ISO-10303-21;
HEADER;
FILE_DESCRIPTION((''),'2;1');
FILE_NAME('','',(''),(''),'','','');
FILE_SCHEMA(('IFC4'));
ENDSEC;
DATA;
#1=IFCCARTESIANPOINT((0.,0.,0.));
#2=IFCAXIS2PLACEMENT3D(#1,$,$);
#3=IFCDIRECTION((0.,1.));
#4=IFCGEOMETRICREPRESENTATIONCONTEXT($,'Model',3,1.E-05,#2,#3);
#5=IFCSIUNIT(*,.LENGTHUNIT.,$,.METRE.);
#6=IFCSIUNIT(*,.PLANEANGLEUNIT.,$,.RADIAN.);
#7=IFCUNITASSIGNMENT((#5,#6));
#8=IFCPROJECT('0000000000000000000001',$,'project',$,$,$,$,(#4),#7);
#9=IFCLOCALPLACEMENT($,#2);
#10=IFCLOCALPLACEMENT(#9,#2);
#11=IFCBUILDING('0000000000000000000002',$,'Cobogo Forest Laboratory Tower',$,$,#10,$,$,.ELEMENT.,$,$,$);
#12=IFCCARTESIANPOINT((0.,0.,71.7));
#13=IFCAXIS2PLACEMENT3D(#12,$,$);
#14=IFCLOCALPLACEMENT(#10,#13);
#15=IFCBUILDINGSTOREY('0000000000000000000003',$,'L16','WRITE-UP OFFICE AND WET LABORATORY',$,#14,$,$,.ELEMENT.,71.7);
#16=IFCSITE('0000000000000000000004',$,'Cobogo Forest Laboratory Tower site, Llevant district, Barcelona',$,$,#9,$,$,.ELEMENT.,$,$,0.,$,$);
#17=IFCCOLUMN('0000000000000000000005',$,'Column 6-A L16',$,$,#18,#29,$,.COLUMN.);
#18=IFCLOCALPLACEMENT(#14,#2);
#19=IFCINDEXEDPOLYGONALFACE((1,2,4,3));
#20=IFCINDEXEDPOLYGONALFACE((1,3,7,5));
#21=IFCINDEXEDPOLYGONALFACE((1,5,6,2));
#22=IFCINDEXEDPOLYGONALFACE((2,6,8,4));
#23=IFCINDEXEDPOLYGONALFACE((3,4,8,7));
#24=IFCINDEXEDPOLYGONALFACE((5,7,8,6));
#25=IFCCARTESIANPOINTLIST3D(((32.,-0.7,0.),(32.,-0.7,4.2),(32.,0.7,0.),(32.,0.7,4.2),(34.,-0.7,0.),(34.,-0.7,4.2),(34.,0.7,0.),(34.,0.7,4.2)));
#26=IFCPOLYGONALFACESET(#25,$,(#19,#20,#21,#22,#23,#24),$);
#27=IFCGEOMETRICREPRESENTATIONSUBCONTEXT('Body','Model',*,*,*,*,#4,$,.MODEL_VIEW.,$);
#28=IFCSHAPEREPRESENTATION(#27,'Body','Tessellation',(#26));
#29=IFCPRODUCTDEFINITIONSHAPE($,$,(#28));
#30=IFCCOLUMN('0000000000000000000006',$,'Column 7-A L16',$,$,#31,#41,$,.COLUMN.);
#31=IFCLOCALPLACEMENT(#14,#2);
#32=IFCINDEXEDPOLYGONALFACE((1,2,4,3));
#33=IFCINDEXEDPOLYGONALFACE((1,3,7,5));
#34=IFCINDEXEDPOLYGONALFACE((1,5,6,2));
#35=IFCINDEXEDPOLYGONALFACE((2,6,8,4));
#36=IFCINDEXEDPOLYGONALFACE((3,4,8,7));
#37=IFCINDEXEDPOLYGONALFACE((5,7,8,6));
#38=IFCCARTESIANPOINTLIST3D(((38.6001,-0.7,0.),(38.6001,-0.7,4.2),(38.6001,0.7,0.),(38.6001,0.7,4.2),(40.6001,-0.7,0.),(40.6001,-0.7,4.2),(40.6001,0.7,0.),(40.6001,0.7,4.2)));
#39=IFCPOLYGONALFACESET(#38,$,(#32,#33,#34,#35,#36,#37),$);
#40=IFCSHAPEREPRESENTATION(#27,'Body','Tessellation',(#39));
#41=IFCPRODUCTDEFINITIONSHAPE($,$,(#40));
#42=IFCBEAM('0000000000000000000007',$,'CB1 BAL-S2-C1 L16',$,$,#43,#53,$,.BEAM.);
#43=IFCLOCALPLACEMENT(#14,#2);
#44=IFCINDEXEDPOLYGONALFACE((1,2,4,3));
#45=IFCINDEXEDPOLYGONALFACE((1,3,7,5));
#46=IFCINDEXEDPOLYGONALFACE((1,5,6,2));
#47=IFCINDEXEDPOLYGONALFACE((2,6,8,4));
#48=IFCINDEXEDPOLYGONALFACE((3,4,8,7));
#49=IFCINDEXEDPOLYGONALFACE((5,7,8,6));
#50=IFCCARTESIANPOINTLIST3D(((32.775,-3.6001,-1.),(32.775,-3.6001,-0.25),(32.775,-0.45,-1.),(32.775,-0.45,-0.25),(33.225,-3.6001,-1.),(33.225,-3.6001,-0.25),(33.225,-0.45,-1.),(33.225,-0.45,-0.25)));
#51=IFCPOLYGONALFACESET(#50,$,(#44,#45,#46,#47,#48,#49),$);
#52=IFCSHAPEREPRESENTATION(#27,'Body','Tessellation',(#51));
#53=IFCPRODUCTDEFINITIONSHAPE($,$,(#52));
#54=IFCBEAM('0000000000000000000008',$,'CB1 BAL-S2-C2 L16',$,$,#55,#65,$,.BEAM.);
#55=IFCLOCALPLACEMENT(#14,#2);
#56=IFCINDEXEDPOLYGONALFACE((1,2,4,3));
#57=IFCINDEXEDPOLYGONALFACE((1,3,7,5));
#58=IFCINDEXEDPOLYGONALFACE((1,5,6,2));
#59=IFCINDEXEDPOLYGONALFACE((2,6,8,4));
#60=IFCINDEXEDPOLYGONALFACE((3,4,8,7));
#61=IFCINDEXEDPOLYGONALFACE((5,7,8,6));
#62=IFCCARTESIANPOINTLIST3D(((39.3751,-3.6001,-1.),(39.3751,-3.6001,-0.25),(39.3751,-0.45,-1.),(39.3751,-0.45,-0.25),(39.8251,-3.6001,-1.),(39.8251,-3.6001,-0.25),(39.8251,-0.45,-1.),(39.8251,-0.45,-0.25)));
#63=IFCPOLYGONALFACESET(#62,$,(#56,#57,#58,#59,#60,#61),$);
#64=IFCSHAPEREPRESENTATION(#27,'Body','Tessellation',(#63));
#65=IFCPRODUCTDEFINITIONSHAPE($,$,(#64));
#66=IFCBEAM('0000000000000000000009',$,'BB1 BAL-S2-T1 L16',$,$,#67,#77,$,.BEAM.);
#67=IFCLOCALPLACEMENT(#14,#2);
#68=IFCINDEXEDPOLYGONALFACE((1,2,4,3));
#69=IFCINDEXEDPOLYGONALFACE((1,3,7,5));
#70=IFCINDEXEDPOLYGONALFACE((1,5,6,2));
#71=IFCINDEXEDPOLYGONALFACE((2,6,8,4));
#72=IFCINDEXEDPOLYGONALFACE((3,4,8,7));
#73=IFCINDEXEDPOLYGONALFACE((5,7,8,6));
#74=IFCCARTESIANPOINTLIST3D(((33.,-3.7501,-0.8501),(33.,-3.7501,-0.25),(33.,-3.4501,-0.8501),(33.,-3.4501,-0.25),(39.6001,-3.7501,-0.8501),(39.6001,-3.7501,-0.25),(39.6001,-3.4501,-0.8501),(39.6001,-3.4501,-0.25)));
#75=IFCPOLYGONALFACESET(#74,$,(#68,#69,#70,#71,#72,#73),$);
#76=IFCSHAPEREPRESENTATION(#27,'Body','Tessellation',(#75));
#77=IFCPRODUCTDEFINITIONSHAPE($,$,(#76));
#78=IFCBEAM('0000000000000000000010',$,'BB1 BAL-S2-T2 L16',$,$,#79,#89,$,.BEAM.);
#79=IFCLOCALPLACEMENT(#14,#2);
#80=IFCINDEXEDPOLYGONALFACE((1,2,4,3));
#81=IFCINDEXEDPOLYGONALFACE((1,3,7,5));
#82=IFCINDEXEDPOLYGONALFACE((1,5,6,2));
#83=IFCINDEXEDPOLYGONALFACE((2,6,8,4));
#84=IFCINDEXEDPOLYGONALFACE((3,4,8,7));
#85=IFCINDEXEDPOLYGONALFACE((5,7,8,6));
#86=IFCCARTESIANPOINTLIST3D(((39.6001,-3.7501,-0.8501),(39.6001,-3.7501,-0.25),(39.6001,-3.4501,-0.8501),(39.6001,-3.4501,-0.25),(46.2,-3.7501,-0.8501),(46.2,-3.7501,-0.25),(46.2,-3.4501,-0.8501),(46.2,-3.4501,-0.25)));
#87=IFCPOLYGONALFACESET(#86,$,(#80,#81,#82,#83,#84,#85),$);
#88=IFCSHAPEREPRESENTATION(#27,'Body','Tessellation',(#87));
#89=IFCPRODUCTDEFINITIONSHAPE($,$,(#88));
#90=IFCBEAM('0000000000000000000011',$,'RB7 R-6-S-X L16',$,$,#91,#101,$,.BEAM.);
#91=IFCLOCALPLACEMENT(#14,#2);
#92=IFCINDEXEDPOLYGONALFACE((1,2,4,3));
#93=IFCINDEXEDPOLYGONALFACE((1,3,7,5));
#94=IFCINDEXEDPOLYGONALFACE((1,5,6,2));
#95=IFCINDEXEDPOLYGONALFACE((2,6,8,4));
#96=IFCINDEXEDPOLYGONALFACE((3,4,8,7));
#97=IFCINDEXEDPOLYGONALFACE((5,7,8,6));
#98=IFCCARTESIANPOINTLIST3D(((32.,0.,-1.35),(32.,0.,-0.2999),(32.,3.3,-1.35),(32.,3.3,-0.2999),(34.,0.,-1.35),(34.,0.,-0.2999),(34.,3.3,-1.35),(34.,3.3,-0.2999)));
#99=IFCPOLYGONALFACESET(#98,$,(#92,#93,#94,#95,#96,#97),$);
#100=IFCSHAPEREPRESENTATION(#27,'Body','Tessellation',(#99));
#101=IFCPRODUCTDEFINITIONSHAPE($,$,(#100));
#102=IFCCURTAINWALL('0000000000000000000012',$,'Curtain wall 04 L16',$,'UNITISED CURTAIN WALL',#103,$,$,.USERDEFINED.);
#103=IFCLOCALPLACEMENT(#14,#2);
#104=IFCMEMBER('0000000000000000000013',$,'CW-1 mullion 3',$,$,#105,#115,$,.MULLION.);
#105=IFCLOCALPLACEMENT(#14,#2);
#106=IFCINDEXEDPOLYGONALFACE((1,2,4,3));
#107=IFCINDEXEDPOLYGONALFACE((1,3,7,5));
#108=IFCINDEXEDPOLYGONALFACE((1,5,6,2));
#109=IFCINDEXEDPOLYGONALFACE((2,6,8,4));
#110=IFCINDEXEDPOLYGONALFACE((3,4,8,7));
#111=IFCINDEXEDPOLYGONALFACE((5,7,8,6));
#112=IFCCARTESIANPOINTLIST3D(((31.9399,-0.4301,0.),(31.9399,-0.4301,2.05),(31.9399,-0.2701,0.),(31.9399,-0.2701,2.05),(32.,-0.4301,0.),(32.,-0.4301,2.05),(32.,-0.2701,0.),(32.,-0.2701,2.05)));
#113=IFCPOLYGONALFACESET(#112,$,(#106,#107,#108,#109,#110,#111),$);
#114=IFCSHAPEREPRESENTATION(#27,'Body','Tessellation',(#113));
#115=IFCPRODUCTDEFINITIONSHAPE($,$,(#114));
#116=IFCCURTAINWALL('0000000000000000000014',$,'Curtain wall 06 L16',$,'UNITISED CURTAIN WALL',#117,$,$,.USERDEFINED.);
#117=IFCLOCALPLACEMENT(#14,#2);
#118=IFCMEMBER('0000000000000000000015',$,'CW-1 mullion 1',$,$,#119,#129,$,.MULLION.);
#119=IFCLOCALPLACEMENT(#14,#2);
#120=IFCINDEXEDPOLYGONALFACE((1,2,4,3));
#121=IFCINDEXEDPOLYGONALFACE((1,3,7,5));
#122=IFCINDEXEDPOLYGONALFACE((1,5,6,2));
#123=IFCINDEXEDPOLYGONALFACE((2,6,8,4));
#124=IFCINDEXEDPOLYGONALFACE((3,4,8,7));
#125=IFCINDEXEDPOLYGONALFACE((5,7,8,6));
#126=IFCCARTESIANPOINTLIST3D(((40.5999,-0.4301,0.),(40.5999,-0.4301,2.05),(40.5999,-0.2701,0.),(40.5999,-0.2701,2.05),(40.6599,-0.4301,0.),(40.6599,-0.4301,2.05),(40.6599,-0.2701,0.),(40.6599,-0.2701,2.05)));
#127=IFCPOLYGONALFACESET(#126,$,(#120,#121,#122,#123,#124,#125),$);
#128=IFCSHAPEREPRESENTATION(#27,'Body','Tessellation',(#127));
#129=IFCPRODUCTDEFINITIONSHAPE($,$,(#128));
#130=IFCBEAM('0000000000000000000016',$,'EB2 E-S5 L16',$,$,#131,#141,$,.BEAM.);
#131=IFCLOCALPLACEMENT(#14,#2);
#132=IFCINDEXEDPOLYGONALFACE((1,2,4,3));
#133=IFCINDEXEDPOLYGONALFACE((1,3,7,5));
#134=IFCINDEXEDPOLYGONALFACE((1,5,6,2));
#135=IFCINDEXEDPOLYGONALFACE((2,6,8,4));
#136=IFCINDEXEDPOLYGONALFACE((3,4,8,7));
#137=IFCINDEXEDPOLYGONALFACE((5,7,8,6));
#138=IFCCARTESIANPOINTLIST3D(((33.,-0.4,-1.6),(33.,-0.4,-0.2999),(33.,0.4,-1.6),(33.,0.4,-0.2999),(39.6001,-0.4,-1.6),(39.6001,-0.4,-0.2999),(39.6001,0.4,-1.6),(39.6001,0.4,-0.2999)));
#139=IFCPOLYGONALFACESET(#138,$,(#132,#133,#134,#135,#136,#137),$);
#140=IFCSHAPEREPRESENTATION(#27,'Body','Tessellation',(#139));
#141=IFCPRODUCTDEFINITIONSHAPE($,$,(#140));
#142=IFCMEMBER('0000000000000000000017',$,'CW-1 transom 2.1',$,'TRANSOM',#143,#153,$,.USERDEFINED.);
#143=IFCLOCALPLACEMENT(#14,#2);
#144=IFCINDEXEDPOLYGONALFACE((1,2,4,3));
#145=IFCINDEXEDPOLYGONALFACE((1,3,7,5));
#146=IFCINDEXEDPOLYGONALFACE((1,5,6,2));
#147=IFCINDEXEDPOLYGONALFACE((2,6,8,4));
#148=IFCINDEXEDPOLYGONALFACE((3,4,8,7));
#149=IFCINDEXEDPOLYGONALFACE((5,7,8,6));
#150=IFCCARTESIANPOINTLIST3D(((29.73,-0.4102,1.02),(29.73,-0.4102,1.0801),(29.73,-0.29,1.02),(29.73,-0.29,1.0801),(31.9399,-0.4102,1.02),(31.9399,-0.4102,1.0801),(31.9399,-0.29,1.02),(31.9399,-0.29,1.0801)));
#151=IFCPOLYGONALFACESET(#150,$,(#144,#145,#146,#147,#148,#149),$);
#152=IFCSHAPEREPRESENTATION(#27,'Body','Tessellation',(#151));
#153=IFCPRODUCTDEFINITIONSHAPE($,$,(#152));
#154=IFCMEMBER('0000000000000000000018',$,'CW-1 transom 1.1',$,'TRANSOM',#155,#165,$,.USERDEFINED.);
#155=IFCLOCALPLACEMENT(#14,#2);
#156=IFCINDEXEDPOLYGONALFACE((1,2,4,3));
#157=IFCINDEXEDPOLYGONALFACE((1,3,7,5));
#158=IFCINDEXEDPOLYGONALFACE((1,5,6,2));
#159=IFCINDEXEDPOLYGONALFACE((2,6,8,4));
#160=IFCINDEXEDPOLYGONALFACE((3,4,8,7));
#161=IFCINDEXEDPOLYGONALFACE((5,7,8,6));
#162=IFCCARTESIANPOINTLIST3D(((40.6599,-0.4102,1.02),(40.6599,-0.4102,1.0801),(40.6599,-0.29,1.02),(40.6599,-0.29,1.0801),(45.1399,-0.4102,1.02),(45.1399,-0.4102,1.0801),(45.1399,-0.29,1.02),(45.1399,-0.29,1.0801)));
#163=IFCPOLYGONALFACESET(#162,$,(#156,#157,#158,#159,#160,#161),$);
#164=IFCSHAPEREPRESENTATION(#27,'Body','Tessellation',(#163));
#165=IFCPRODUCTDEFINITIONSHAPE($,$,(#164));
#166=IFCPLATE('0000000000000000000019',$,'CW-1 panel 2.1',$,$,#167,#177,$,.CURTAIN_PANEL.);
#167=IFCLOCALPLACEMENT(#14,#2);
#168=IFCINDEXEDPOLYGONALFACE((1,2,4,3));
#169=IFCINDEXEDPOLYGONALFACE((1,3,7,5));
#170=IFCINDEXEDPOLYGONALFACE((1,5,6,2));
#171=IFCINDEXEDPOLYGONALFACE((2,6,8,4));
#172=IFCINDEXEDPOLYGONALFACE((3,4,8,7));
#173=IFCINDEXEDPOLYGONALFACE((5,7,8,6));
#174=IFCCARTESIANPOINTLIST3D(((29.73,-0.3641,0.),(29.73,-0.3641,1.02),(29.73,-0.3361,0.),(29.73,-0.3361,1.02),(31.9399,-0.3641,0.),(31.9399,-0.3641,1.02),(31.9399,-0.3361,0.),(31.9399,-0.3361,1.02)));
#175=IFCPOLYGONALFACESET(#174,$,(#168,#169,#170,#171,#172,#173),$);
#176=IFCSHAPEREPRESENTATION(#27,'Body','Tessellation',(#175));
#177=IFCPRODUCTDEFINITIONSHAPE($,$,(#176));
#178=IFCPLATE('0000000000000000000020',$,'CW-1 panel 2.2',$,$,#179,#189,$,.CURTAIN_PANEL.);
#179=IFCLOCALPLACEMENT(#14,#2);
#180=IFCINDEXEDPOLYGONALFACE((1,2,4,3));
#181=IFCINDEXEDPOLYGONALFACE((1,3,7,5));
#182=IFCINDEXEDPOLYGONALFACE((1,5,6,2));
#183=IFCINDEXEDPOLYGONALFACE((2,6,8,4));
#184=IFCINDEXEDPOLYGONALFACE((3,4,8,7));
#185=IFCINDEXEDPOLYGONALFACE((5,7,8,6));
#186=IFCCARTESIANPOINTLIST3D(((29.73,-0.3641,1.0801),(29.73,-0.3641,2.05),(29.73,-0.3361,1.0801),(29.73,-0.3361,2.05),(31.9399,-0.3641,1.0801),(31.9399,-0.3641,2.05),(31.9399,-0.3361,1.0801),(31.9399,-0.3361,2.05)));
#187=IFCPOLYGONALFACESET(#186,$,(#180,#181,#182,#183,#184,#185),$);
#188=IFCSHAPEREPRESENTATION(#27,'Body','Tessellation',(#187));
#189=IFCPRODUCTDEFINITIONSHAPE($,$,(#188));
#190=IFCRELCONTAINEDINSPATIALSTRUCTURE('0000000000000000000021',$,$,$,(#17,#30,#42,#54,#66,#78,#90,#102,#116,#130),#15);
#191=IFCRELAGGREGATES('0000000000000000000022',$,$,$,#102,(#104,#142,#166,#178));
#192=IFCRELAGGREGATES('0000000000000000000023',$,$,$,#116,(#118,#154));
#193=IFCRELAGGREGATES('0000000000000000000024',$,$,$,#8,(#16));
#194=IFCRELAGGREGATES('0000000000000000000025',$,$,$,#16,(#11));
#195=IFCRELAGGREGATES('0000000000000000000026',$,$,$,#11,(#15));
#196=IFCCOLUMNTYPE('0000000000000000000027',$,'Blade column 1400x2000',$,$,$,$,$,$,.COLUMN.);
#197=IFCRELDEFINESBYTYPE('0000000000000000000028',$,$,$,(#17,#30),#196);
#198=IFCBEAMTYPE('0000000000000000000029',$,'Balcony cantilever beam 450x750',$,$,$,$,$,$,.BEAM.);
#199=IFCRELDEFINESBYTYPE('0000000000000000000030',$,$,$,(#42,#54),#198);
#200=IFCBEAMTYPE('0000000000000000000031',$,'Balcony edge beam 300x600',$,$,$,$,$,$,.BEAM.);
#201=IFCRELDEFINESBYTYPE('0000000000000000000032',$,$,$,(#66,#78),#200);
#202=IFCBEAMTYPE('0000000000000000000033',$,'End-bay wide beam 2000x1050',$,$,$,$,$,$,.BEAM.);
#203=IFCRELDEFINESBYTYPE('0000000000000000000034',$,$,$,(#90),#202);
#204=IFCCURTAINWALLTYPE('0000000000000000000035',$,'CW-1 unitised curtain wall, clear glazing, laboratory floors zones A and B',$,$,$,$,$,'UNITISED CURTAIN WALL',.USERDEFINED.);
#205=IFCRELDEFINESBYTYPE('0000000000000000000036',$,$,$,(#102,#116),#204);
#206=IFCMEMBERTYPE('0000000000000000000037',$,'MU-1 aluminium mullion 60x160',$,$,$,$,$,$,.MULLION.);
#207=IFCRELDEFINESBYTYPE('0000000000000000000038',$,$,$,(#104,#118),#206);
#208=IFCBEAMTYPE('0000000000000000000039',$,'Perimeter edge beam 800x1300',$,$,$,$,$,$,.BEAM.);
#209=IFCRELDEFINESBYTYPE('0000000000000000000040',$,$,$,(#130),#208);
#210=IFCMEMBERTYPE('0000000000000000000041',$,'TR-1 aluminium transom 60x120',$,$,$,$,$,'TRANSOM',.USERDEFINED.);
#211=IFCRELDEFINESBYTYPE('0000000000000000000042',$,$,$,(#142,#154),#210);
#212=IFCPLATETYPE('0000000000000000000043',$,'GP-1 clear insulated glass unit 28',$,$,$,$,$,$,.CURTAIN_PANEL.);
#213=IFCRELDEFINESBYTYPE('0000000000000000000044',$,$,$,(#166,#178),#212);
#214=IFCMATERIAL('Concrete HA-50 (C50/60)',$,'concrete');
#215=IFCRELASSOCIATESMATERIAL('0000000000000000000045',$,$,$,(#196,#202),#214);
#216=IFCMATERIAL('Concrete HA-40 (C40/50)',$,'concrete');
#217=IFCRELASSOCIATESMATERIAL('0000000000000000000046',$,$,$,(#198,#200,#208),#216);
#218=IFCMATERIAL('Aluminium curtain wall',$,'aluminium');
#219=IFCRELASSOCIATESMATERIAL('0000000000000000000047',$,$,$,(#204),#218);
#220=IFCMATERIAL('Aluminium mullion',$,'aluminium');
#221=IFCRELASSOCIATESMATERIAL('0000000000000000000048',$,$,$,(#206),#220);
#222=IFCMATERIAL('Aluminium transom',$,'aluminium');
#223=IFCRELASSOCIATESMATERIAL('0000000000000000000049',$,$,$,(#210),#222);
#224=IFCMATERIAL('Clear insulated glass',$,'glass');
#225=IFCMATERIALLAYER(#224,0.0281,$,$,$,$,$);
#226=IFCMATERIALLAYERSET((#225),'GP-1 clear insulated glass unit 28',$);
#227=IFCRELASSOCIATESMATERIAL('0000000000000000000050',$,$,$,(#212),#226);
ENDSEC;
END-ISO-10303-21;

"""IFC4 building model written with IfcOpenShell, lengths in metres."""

from ifc_helpers import new_model, si_unit, direction, frame, origin, origin_2d, place, context, subcontext, project, spatial, rectangle, extrude, material, layer, layer_set, material_profile, profile_set, type_object, element, aggregate, save


model = new_model("IFC4")

# Units and contexts
model_context = context("Model", 3, precision=1e-05, world=origin(), true_north=direction((0.0, 1.0)))
body_context = subcontext(model_context, "Body", "Model", "MODEL_VIEW")
ifc_project = project(units=[si_unit("LENGTHUNIT", "METRE"), si_unit("PLANEANGLEUNIT", "RADIAN")], contexts=[model_context])

# Site, building, storey
site_placement = place(None, origin())
site = spatial("IfcSite", under=ifc_project, at=site_placement, Name="Cobogo Forest Laboratory Tower site, Llevant district, Barcelona", CompositionType="ELEMENT", RefElevation=0.0)
building_placement = place(site_placement, origin())
building = spatial("IfcBuilding", under=site, at=building_placement, Name="Cobogo Forest Laboratory Tower", CompositionType="ELEMENT")
storey_placement = place(building_placement, frame((0.0, 0.0, 71.7)))
storey = spatial("IfcBuildingStorey", under=building, at=storey_placement, Name="L16", Description="WRITE-UP OFFICE AND WET LABORATORY", CompositionType="ELEMENT", Elevation=71.7)

# Columns
ifc_material_1 = material(Name="Concrete HA-50 (C50/60)", Category="concrete")
ifc_material_profile_1 = material_profile(ifc_material_1, rectangle(XDim=2.0, YDim=1.3999, at=origin_2d()), Name="RC 1400x2000")
ifc_profile_set_1 = profile_set([ifc_material_profile_1], Name="Concrete HA-50 (C50/60)")
column_type = type_object("IfcColumnType", Name="Blade column 1400x2000", PredefinedType="COLUMN", material=ifc_profile_set_1)
for number, where, z_axis, x_axis, name in (
    (1, (33.0, 0.0, 0.0), (0.0, 0.0, 1.0), (1.0, 0.0, 0.0), "Column 6-A L16"),
    (2, (39.6001, 0.0, 0.0), (0.0, 0.0, 1.0), (1.0, 0.0, 0.0), "Column 7-A L16"),
):
    element("IfcColumn", number, at=place(storey_placement, frame(where, z_axis=z_axis, x_axis=x_axis)), inside=storey, type_object=column_type, Name=name, PredefinedType="COLUMN", context=body_context, shape_type="SweptSolid", body=[
        extrude(rectangle(XDim=2.0, YDim=1.3999, at=origin_2d()), origin(), (0.0, 0.0, 1.0), 4.2),
    ])

# Beams
ifc_material_2 = material(Name="Concrete HA-40 (C40/50)", Category="concrete")
ifc_material_profile_2 = material_profile(ifc_material_2, rectangle(XDim=0.45, YDim=0.75, at=origin_2d()), Name="RC 450x750")
ifc_profile_set_2 = profile_set([ifc_material_profile_2], Name="Concrete HA-40 (C40/50)")
beam_type_1 = type_object("IfcBeamType", Name="Balcony cantilever beam 450x750", PredefinedType="BEAM", material=ifc_profile_set_2)
for number, where, z_axis, x_axis, name in (
    (3, (33.0, -0.45, -0.625), (0.0, -1.0, 0.0), (1.0, 0.0, 0.0), "CB1 BAL-S2-C1 L16"),
    (4, (39.6001, -0.45, -0.625), (0.0, -1.0, 0.0), (1.0, 0.0, 0.0), "CB1 BAL-S2-C2 L16"),
):
    element("IfcBeam", number, at=place(storey_placement, frame(where, z_axis=z_axis, x_axis=x_axis)), inside=storey, type_object=beam_type_1, Name=name, PredefinedType="BEAM", context=body_context, shape_type="SweptSolid", body=[
        extrude(rectangle(XDim=0.45, YDim=0.75, at=origin_2d()), origin(), (0.0, 0.0, 1.0), 3.1501),
    ])
ifc_material_profile_3 = material_profile(ifc_material_2, rectangle(XDim=0.3, YDim=0.6001, at=origin_2d()), Name="RC 300x600")
ifc_profile_set_3 = profile_set([ifc_material_profile_3], Name="Concrete HA-40 (C40/50)")
beam_type_2 = type_object("IfcBeamType", Name="Balcony edge beam 300x600", PredefinedType="BEAM", material=ifc_profile_set_3)
beam_1_placement = place(storey_placement, frame((33.0, -3.6001, -0.55), z_axis=(1.0, 0.0, 0.0), x_axis=(0.0, 1.0, 0.0)))
element("IfcBeam", 5, at=beam_1_placement, inside=storey, type_object=beam_type_2, Name="BB1 BAL-S2-T1 L16", PredefinedType="BEAM", context=body_context, shape_type="SweptSolid", body=[
    extrude(rectangle(XDim=0.3, YDim=0.6001, at=origin_2d()), origin(), (0.0, 0.0, 1.0), 6.6001),
])
beam_2_placement = place(storey_placement, frame((39.6001, -3.6001, -0.55), z_axis=(1.0, 0.0, 0.0), x_axis=(0.0, 1.0, 0.0)))
element("IfcBeam", 6, at=beam_2_placement, inside=storey, type_object=beam_type_2, Name="BB1 BAL-S2-T2 L16", PredefinedType="BEAM", context=body_context, shape_type="SweptSolid", body=[
    extrude(rectangle(XDim=0.3, YDim=0.6001, at=origin_2d()), origin(), (0.0, 0.0, 1.0), 6.5999),
])
ifc_material_profile_4 = material_profile(ifc_material_1, rectangle(XDim=2.0, YDim=1.05, at=origin_2d()), Name="RC 2000x1050")
ifc_profile_set_4 = profile_set([ifc_material_profile_4], Name="Concrete HA-50 (C50/60)")
beam_type_3 = type_object("IfcBeamType", Name="End-bay wide beam 2000x1050", PredefinedType="BEAM", material=ifc_profile_set_4)
beam_3_placement = place(storey_placement, frame((33.0, 0.0, -0.825), z_axis=(0.0, 1.0, 0.0), x_axis=(-1.0, 0.0, 0.0)))
element("IfcBeam", 7, at=beam_3_placement, inside=storey, type_object=beam_type_3, Name="RB7 R-6-S-X L16", PredefinedType="BEAM", context=body_context, shape_type="SweptSolid", body=[
    extrude(rectangle(XDim=2.0, YDim=1.05, at=origin_2d()), origin(), (0.0, 0.0, 1.0), 3.3),
])

# Curtain walls, members
ifc_material_3 = material(Name="Aluminium curtain wall", Category="aluminium")
curtain_wall_type = type_object("IfcCurtainWallType", Name="CW-1 unitised curtain wall, clear glazing, laboratory floors zones A and B", ElementType="UNITISED CURTAIN WALL", PredefinedType="USERDEFINED", material=ifc_material_3)
curtain_wall_1_placement = place(storey_placement, origin())
curtain_wall_1 = element("IfcCurtainWall", 8, at=curtain_wall_1_placement, inside=storey, type_object=curtain_wall_type, Name="Curtain wall 04 L16", ObjectType="UNITISED CURTAIN WALL", PredefinedType="USERDEFINED")
ifc_material_4 = material(Name="Aluminium mullion", Category="aluminium")
ifc_material_profile_5 = material_profile(ifc_material_4, rectangle(XDim=0.0601, YDim=0.1599, at=origin_2d()), Name="AL 60x160")
ifc_profile_set_5 = profile_set([ifc_material_profile_5], Name="Aluminium mullion")
member_type_1 = type_object("IfcMemberType", Name="MU-1 aluminium mullion 60x160", PredefinedType="MULLION", material=ifc_profile_set_5)
member_1_placement = place(storey_placement, frame((31.97, -0.3501, 0.0), z_axis=(0.0, 0.0, 1.0), x_axis=(1.0, 0.0, 0.0)))
member_1 = element("IfcMember", 9, at=member_1_placement, type_object=member_type_1, Name="CW-1 mullion 3", PredefinedType="MULLION", context=body_context, shape_type="SweptSolid", body=[
    extrude(rectangle(XDim=0.0601, YDim=0.1599, at=origin_2d()), origin(), (0.0, 0.0, 1.0), 2.05),
])
curtain_wall_2_placement = place(storey_placement, origin())
curtain_wall_2 = element("IfcCurtainWall", 10, at=curtain_wall_2_placement, inside=storey, type_object=curtain_wall_type, Name="Curtain wall 06 L16", ObjectType="UNITISED CURTAIN WALL", PredefinedType="USERDEFINED")
member_2_placement = place(storey_placement, frame((40.6299, -0.3501, 0.0), z_axis=(0.0, 0.0, 1.0), x_axis=(1.0, 0.0, 0.0)))
member_2 = element("IfcMember", 11, at=member_2_placement, type_object=member_type_1, Name="CW-1 mullion 1", PredefinedType="MULLION", context=body_context, shape_type="SweptSolid", body=[
    extrude(rectangle(XDim=0.0601, YDim=0.1599, at=origin_2d()), origin(), (0.0, 0.0, 1.0), 2.05),
])

# Beam
ifc_material_profile_6 = material_profile(ifc_material_2, rectangle(XDim=0.8, YDim=1.3, at=origin_2d()), Name="RC 800x1300")
ifc_profile_set_6 = profile_set([ifc_material_profile_6], Name="Concrete HA-40 (C40/50)")
beam_type_4 = type_object("IfcBeamType", Name="Perimeter edge beam 800x1300", PredefinedType="BEAM", material=ifc_profile_set_6)
beam_4_placement = place(storey_placement, frame((33.0, 0.0, -0.95), z_axis=(1.0, 0.0, 0.0), x_axis=(0.0, 1.0, 0.0)))
element("IfcBeam", 12, at=beam_4_placement, inside=storey, type_object=beam_type_4, Name="EB2 E-S5 L16", PredefinedType="BEAM", context=body_context, shape_type="SweptSolid", body=[
    extrude(rectangle(XDim=0.8, YDim=1.3, at=origin_2d()), origin(), (0.0, 0.0, 1.0), 6.6001),
])

# Members
ifc_material_5 = material(Name="Aluminium transom", Category="aluminium")
ifc_material_profile_7 = material_profile(ifc_material_5, rectangle(XDim=0.1201, YDim=0.0601, at=origin_2d()), Name="AL 60x120")
ifc_profile_set_7 = profile_set([ifc_material_profile_7], Name="Aluminium transom")
member_type_2 = type_object("IfcMemberType", Name="TR-1 aluminium transom 60x120", ElementType="TRANSOM", PredefinedType="USERDEFINED", material=ifc_profile_set_7)
member_3_placement = place(storey_placement, frame((29.73, -0.3501, 1.05), z_axis=(1.0, 0.0, 0.0), x_axis=(0.0, 1.0, 0.0)))
member_3 = element("IfcMember", 13, at=member_3_placement, type_object=member_type_2, Name="CW-1 transom 2.1", ObjectType="TRANSOM", PredefinedType="USERDEFINED", context=body_context, shape_type="SweptSolid", body=[
    extrude(rectangle(XDim=0.1201, YDim=0.0601, at=origin_2d()), origin(), (0.0, 0.0, 1.0), 2.21),
])
member_4_placement = place(storey_placement, frame((40.6599, -0.3501, 1.05), z_axis=(1.0, 0.0, 0.0), x_axis=(0.0, 1.0, 0.0)))
member_4 = element("IfcMember", 14, at=member_4_placement, type_object=member_type_2, Name="CW-1 transom 1.1", ObjectType="TRANSOM", PredefinedType="USERDEFINED", context=body_context, shape_type="SweptSolid", body=[
    extrude(rectangle(XDim=0.1201, YDim=0.0601, at=origin_2d()), origin(), (0.0, 0.0, 1.0), 4.48),
])

# Plates
ifc_material_6 = material(Name="Clear insulated glass", Category="glass")
ifc_layer_1 = layer(ifc_material_6, 0.0281)
ifc_layer_set_1 = layer_set([ifc_layer_1], Name="GP-1 clear insulated glass unit 28")
plate_type = type_object("IfcPlateType", Name="GP-1 clear insulated glass unit 28", PredefinedType="CURTAIN_PANEL", material=ifc_layer_set_1)
plate_1_placement = place(storey_placement, frame((30.835, -0.3501, 0.0), z_axis=(0.0, 0.0, 1.0), x_axis=(1.0, 0.0, 0.0)))
plate_1 = element("IfcPlate", 15, at=plate_1_placement, type_object=plate_type, Name="CW-1 panel 2.1", PredefinedType="CURTAIN_PANEL", context=body_context, shape_type="SweptSolid", body=[
    extrude(rectangle(XDim=2.21, YDim=0.0281, at=origin_2d()), origin(), (0.0, 0.0, 1.0), 1.02),
])
plate_2_placement = place(storey_placement, frame((30.835, -0.3501, 1.0801), z_axis=(0.0, 0.0, 1.0), x_axis=(1.0, 0.0, 0.0)))
plate_2 = element("IfcPlate", 16, at=plate_2_placement, type_object=plate_type, Name="CW-1 panel 2.2", PredefinedType="CURTAIN_PANEL", context=body_context, shape_type="SweptSolid", body=[
    extrude(rectangle(XDim=2.21, YDim=0.0281, at=origin_2d()), origin(), (0.0, 0.0, 1.0), 0.97),
])
aggregate(curtain_wall_1, [member_1, member_3, plate_1, plate_2])
aggregate(curtain_wall_2, [member_2, member_4])

save(model, "model.ifc")
